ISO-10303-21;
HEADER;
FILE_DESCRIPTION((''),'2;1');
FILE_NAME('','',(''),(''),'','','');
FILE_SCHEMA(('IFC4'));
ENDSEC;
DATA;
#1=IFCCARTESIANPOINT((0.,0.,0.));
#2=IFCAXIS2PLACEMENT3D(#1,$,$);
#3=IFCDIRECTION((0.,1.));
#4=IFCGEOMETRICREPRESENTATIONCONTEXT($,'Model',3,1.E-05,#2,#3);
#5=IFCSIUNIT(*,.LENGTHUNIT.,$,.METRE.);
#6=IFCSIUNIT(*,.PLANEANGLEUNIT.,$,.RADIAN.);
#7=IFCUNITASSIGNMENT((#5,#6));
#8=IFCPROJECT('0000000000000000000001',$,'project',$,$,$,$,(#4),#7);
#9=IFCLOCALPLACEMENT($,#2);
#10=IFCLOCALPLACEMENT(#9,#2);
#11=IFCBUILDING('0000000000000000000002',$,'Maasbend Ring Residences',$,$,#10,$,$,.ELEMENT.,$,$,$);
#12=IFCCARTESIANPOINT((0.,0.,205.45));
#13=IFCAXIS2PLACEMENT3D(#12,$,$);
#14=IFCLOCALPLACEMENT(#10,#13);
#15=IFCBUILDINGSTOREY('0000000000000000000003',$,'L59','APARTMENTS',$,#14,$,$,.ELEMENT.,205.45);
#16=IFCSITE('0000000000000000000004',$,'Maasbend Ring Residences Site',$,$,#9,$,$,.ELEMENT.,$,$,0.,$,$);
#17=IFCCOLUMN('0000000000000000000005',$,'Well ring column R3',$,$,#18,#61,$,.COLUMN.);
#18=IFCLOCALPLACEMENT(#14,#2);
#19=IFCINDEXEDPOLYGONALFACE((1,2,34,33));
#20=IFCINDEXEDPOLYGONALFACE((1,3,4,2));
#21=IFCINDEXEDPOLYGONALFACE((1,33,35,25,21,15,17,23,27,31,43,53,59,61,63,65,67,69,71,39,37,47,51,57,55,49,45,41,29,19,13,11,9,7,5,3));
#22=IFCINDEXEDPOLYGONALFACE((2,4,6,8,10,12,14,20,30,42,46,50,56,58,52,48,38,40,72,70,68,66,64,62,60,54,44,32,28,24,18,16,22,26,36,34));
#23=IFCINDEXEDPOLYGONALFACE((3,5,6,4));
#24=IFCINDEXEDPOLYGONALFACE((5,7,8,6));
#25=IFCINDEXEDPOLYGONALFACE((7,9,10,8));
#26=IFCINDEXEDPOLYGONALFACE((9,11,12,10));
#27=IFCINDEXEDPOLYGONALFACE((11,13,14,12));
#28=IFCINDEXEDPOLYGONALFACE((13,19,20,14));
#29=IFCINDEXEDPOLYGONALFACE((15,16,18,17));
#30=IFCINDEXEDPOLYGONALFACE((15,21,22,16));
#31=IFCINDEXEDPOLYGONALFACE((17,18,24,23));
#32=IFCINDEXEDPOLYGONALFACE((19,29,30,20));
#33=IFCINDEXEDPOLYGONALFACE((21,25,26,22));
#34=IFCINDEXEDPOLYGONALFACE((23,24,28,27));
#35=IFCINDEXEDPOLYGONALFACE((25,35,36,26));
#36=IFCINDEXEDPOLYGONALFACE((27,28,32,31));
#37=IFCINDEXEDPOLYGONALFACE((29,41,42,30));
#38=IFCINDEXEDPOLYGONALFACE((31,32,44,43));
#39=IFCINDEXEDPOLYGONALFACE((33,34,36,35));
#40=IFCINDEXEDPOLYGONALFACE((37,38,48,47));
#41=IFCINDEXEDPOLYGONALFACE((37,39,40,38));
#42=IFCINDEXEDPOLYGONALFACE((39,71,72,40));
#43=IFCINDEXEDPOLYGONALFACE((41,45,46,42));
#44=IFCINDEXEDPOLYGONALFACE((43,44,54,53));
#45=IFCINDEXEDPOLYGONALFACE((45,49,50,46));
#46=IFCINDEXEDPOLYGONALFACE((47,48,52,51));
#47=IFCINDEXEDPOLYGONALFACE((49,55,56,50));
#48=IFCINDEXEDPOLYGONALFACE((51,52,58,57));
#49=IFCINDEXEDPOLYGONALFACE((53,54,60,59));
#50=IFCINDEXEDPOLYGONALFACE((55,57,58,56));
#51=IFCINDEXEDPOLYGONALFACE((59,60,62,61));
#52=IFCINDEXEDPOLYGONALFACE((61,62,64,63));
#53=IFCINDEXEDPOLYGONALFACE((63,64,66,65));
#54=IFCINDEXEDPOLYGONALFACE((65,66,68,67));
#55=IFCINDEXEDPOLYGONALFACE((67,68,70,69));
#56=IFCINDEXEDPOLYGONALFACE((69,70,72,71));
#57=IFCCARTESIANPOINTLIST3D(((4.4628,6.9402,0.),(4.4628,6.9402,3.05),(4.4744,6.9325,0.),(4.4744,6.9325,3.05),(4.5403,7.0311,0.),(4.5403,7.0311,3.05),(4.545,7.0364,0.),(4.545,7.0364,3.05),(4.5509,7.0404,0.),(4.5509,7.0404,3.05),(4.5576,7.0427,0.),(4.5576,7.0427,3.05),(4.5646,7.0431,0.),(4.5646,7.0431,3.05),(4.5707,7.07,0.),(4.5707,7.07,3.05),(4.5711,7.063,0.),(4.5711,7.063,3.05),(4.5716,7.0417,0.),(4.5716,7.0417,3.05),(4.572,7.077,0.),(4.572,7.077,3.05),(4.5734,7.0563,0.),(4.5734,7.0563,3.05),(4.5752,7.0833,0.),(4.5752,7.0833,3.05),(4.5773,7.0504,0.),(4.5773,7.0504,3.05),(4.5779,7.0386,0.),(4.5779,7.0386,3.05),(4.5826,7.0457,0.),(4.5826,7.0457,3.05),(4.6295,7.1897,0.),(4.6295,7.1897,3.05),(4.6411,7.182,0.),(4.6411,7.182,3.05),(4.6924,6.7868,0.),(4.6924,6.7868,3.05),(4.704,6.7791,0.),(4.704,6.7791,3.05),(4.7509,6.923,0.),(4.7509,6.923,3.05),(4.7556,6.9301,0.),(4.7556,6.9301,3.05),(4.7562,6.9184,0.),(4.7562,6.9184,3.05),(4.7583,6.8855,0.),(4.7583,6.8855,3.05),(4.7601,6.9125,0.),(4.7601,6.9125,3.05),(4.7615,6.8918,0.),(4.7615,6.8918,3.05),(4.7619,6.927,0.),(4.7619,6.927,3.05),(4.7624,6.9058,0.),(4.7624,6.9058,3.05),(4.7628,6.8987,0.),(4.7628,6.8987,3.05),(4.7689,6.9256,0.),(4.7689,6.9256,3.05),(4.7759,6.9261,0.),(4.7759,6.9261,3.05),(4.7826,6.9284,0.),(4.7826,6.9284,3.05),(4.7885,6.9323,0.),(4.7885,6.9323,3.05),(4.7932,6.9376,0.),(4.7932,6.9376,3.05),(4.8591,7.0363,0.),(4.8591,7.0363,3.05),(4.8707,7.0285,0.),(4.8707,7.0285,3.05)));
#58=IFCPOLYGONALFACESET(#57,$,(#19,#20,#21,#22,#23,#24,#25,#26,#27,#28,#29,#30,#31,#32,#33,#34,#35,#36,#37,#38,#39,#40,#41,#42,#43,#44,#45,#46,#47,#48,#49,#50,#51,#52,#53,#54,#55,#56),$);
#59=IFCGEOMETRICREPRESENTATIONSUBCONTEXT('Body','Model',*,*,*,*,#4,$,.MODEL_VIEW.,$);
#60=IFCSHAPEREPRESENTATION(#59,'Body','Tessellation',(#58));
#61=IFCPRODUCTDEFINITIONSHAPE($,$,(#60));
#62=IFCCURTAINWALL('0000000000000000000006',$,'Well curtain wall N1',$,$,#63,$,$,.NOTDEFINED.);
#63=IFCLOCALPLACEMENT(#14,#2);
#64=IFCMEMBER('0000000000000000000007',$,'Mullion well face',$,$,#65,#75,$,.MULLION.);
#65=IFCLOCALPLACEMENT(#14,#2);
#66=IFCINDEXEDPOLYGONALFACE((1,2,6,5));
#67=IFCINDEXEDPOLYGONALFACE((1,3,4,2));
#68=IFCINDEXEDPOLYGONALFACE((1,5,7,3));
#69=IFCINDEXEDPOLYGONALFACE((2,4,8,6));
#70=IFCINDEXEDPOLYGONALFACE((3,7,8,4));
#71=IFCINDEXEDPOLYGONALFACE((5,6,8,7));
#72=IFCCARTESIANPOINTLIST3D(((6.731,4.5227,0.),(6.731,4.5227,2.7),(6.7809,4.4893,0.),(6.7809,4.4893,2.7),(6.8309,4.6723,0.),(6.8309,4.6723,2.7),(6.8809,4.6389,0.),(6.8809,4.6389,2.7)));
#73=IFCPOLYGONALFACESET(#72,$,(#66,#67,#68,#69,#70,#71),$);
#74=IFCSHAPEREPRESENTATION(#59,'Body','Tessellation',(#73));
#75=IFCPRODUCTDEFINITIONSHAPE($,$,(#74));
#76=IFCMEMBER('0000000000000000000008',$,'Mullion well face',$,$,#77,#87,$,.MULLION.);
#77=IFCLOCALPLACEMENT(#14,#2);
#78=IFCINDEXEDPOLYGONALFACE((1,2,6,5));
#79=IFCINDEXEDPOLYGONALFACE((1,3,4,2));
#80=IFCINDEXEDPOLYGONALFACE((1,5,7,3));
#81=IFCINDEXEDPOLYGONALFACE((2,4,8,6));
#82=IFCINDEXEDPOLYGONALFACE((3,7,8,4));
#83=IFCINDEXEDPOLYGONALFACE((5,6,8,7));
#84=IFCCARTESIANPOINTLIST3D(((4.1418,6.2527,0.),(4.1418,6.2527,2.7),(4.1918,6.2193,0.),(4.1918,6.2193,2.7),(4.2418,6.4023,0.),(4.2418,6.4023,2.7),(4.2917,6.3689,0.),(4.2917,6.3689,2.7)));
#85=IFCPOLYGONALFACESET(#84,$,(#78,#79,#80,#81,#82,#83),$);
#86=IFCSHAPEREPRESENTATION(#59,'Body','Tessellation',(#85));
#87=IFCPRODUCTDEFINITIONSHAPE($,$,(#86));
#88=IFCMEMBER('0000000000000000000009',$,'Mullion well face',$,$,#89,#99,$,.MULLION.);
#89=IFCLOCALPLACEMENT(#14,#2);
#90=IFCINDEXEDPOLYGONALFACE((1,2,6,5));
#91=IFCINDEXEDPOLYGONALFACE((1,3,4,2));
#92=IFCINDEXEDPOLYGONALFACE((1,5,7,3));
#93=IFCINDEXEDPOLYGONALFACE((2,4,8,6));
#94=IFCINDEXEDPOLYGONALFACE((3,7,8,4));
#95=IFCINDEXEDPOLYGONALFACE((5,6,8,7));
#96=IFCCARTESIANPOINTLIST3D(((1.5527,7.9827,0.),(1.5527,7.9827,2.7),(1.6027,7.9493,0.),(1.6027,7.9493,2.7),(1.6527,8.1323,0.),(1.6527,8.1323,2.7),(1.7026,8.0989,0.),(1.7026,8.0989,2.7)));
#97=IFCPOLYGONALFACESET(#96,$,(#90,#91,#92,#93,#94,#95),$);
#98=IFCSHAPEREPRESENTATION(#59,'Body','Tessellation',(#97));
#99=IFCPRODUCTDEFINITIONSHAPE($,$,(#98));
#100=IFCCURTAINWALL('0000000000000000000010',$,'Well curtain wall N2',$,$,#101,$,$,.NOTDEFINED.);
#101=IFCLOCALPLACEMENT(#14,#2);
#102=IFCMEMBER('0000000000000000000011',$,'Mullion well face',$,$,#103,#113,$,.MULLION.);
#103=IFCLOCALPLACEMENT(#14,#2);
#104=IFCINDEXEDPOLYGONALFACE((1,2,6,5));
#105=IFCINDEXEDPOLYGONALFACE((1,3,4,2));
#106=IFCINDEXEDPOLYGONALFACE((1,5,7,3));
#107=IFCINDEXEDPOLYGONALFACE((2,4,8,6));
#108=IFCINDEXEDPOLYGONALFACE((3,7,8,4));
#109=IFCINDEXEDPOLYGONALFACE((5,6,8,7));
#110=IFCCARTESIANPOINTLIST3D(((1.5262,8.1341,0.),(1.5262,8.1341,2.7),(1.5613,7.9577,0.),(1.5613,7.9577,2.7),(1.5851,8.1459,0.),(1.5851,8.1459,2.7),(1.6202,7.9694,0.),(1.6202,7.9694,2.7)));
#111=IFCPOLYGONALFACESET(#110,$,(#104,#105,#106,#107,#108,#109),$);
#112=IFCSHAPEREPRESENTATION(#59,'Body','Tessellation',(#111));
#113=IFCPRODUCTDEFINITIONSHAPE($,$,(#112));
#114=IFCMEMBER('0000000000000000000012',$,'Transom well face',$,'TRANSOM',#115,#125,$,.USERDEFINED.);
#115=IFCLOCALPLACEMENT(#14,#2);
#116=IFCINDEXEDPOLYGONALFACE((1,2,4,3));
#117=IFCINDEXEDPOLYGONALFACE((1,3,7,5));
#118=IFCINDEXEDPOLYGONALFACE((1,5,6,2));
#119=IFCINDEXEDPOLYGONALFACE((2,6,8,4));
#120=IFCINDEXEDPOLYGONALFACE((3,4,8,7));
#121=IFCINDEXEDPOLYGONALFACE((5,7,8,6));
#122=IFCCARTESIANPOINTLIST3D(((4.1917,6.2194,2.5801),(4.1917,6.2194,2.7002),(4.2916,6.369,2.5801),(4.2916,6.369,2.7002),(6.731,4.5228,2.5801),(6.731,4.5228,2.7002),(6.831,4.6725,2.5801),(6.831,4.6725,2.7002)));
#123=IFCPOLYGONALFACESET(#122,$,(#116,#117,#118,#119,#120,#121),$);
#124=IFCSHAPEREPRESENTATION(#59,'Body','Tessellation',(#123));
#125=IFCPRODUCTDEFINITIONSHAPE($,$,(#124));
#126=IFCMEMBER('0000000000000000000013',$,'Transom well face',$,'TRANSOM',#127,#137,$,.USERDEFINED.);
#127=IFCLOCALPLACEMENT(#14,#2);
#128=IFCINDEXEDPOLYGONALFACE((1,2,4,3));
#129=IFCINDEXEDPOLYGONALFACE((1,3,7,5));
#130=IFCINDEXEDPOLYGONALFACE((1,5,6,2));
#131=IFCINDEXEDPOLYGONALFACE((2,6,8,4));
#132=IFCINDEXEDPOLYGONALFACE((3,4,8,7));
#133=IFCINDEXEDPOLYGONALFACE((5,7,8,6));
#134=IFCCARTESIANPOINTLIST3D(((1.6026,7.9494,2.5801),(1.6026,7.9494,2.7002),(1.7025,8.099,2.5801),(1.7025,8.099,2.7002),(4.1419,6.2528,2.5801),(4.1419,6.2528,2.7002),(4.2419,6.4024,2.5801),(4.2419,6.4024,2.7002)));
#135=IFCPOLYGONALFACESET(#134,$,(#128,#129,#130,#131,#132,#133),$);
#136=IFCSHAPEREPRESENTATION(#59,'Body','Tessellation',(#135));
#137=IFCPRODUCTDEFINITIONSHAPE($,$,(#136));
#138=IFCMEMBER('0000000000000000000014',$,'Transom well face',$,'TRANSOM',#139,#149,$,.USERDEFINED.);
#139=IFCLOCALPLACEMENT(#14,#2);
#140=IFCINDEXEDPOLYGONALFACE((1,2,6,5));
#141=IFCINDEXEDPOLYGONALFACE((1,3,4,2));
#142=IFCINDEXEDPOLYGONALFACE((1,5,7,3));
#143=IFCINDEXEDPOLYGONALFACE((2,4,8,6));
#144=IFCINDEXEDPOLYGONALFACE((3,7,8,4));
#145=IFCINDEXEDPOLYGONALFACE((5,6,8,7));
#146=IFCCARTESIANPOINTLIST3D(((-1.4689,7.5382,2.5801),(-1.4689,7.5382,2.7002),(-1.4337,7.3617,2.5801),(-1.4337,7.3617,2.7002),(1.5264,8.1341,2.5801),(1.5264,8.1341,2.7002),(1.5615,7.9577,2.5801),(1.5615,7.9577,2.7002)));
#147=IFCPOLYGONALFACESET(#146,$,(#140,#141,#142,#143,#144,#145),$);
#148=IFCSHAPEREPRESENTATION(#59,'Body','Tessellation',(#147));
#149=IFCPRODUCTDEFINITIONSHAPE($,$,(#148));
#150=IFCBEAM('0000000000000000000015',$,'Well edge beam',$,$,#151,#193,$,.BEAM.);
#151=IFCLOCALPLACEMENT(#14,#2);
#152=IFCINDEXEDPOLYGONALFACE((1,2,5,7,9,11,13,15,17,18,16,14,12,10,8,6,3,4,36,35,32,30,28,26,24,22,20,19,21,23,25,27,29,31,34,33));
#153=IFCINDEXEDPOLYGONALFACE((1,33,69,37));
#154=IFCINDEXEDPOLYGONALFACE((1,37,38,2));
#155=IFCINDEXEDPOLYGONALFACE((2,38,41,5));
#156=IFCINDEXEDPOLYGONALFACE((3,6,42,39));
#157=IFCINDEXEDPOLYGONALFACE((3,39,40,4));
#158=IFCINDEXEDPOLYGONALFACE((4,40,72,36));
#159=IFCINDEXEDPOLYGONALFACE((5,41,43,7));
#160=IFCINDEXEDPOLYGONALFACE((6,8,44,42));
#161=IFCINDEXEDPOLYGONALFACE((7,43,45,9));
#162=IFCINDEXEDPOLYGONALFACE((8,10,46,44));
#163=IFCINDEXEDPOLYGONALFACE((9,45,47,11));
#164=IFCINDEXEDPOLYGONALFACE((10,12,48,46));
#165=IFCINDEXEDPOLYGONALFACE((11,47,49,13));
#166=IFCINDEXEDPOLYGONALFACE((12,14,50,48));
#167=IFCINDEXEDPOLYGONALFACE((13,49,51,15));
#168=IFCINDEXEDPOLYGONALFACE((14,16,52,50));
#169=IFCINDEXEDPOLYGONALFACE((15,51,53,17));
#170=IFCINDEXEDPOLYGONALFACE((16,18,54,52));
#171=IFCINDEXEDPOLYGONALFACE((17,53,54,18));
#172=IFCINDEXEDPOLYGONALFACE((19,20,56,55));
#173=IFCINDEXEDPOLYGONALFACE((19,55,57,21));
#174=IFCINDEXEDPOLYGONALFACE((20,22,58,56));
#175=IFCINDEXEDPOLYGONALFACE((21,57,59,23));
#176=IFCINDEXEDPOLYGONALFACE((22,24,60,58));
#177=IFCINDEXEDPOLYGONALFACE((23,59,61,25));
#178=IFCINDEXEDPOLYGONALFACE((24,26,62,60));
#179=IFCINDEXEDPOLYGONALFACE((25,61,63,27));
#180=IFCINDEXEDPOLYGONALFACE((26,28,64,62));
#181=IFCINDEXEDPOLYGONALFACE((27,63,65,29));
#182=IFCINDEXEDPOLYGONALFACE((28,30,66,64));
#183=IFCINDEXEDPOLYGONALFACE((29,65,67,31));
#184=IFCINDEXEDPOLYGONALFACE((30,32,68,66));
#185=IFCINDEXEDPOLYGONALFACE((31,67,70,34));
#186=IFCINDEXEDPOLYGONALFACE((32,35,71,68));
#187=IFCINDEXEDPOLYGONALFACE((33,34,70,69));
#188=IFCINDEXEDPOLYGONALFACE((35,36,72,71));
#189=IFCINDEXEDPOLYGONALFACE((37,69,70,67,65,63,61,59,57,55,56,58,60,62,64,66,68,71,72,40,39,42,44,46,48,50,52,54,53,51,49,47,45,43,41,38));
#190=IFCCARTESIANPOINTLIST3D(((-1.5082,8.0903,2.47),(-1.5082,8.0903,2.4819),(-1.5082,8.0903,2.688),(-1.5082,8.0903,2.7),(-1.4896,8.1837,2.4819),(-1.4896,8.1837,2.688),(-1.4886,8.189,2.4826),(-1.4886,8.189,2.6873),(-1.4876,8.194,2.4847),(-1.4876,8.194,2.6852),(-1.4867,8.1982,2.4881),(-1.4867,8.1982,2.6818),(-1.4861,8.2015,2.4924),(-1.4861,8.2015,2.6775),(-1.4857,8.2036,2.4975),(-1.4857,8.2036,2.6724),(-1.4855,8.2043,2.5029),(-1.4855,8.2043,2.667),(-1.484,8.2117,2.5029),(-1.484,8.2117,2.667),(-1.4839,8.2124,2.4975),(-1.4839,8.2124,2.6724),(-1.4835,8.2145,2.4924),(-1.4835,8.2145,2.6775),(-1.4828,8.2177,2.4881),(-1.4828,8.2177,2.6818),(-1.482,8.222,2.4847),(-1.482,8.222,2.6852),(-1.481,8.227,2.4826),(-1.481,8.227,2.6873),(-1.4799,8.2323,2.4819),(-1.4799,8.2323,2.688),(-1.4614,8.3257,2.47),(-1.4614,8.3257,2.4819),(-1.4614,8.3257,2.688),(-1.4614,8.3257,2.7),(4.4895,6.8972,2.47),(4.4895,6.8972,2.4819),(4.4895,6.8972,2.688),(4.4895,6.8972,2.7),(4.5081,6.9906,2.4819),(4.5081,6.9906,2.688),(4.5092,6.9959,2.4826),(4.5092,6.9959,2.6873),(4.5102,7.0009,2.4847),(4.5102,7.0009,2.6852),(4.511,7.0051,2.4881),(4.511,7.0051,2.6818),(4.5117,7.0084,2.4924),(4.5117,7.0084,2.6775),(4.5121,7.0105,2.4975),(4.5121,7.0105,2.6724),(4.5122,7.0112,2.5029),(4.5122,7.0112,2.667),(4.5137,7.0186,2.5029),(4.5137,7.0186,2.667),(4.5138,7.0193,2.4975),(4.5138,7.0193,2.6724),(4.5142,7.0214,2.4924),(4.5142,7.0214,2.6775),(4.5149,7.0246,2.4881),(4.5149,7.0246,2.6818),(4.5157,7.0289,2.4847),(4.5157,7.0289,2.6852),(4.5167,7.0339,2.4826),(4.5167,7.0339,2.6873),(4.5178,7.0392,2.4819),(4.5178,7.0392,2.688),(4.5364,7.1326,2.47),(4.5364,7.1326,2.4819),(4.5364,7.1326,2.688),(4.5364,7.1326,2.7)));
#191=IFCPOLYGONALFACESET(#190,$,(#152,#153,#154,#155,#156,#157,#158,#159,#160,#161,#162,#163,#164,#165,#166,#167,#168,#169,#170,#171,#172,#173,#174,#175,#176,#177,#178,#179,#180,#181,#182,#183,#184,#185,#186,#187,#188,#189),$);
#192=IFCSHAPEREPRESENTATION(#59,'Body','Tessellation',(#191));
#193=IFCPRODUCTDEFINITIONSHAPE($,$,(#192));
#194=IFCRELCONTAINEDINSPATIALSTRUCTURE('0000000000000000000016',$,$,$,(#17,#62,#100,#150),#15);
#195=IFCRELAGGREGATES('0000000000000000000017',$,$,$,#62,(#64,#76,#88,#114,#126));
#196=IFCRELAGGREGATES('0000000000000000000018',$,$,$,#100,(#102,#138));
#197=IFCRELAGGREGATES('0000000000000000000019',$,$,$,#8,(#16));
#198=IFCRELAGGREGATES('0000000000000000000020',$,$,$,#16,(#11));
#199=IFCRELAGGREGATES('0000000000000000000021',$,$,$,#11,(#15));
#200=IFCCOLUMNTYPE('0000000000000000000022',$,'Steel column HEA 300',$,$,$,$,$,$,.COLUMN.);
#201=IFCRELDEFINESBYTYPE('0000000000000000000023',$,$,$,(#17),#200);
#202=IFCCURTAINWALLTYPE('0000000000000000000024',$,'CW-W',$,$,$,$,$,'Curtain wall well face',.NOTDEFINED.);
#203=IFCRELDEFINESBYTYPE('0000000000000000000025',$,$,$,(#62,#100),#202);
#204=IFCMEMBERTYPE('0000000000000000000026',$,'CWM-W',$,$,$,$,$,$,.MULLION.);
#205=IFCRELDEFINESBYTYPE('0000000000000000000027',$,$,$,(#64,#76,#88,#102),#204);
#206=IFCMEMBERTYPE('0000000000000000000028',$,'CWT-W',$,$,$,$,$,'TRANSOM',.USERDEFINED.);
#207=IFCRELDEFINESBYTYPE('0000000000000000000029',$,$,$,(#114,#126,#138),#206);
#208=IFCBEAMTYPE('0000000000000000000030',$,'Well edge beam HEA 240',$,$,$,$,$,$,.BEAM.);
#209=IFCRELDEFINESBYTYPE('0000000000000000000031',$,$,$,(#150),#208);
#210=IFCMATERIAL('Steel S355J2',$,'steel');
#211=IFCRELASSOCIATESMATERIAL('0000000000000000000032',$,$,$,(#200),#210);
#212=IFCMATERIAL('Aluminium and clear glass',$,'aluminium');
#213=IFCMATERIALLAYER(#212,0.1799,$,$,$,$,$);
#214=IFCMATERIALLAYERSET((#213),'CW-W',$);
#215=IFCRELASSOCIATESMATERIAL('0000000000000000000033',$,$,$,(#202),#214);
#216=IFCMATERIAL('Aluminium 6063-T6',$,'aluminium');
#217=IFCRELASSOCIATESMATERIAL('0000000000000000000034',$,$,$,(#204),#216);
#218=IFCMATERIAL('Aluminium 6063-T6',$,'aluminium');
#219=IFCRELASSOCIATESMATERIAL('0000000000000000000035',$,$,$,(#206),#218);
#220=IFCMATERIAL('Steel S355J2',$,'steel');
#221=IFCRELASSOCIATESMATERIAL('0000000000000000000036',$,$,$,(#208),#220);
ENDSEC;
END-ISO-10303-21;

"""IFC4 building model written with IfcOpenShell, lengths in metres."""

from ifc_helpers import new_model, si_unit, direction, frame, origin, origin_2d, place, context, subcontext, project, spatial, rectangle, i_section, extrude, material, layer, layer_set, material_profile, profile_set, type_object, element, aggregate, save


model = new_model("IFC4")

# Units and contexts
model_context = context("Model", 3, precision=1e-05, world=origin(), true_north=direction((0.0, 1.0)))
body_context = subcontext(model_context, "Body", "Model", "MODEL_VIEW")
ifc_project = project(units=[si_unit("LENGTHUNIT", "METRE"), si_unit("PLANEANGLEUNIT", "RADIAN")], contexts=[model_context])

# Site, building, storey
site_placement = place(None, origin())
site = spatial("IfcSite", under=ifc_project, at=site_placement, Name="Maasbend Ring Residences Site", CompositionType="ELEMENT", RefElevation=0.0)
building_placement = place(site_placement, origin())
building = spatial("IfcBuilding", under=site, at=building_placement, Name="Maasbend Ring Residences", CompositionType="ELEMENT")
storey_placement = place(building_placement, frame((0.0, 0.0, 205.45)))
storey = spatial("IfcBuildingStorey", under=building, at=storey_placement, Name="L59", Description="APARTMENTS", CompositionType="ELEMENT", Elevation=205.45)

# Column
ifc_material_1 = material(Name="Steel S355J2", Category="steel")
ifc_material_profile_1 = material_profile(ifc_material_1, i_section(OverallWidth=0.3, OverallDepth=0.29, WebThickness=0.0085, FlangeThickness=0.0139, FilletRadius=0.0271, at=origin_2d()), Name="HEA 300")
ifc_profile_set_1 = profile_set([ifc_material_profile_1], Name="Steel S355J2")
column_type = type_object("IfcColumnType", Name="Steel column HEA 300", PredefinedType="COLUMN", material=ifc_profile_set_1)
column_placement = place(storey_placement, frame((4.6667, 6.9844, 0.0), z_axis=(0.0, 0.0, 1.0), x_axis=(0.55557, 0.83147, 0.0)))
element("IfcColumn", 1, at=column_placement, inside=storey, type_object=column_type, Name="Well ring column R3", PredefinedType="COLUMN", context=body_context, shape_type="SweptSolid", body=[
    extrude(i_section(OverallWidth=0.3, OverallDepth=0.29, WebThickness=0.0085, FlangeThickness=0.0139, FilletRadius=0.0271, at=origin_2d()), origin(), (0.0, 0.0, 1.0), 3.05),
])

# Curtain wall, members
ifc_material_2 = material(Name="Aluminium and clear glass", Category="aluminium")
ifc_layer_1 = layer(ifc_material_2, 0.1799)
ifc_layer_set_1 = layer_set([ifc_layer_1], Name="CW-W")
curtain_wall_type = type_object("IfcCurtainWallType", Name="CW-W", ElementType="Curtain wall well face", PredefinedType="NOTDEFINED", material=ifc_layer_set_1)
curtain_wall_1_placement = place(storey_placement, origin())
curtain_wall_1 = element("IfcCurtainWall", 2, at=curtain_wall_1_placement, inside=storey, type_object=curtain_wall_type, Name="Well curtain wall N1", PredefinedType="NOTDEFINED")
ifc_material_3 = material(Name="Aluminium 6063-T6", Category="aluminium")
ifc_material_profile_2 = material_profile(ifc_material_3, rectangle(XDim=0.1799, YDim=0.0601, at=origin_2d()), Name="AL 180x60")
ifc_profile_set_2 = profile_set([ifc_material_profile_2], Name="Aluminium 6063-T6")
member_type_1 = type_object("IfcMemberType", Name="CWM-W", PredefinedType="MULLION", material=ifc_profile_set_2)
member_1_placement = place(storey_placement, frame((6.8059, 4.5808, 0.0), z_axis=(0.0, 0.0, 1.0), x_axis=(-0.55557, -0.83147, 0.0)))
member_1 = element("IfcMember", 3, at=member_1_placement, type_object=member_type_1, Name="Mullion well face", PredefinedType="MULLION", context=body_context, shape_type="SweptSolid", body=[
    extrude(rectangle(XDim=0.1799, YDim=0.0601, at=origin_2d()), origin(), (0.0, 0.0, 1.0), 2.7),
])
member_2_placement = place(storey_placement, frame((4.2168, 6.3108, 0.0), z_axis=(0.0, 0.0, 1.0), x_axis=(-0.55557, -0.83147, 0.0)))
member_2 = element("IfcMember", 4, at=member_2_placement, type_object=member_type_1, Name="Mullion well face", PredefinedType="MULLION", context=body_context, shape_type="SweptSolid", body=[
    extrude(rectangle(XDim=0.1799, YDim=0.0601, at=origin_2d()), origin(), (0.0, 0.0, 1.0), 2.7),
])
member_3_placement = place(storey_placement, frame((1.6277, 8.0408, 0.0), z_axis=(0.0, 0.0, 1.0), x_axis=(-0.55557, -0.83147, 0.0)))
member_3 = element("IfcMember", 5, at=member_3_placement, type_object=member_type_1, Name="Mullion well face", PredefinedType="MULLION", context=body_context, shape_type="SweptSolid", body=[
    extrude(rectangle(XDim=0.1799, YDim=0.0601, at=origin_2d()), origin(), (0.0, 0.0, 1.0), 2.7),
])

# Curtain wall, member
curtain_wall_2_placement = place(storey_placement, origin())
curtain_wall_2 = element("IfcCurtainWall", 6, at=curtain_wall_2_placement, inside=storey, type_object=curtain_wall_type, Name="Well curtain wall N2", PredefinedType="NOTDEFINED")
member_4_placement = place(storey_placement, frame((1.5732, 8.0518, 0.0), z_axis=(0.0, 0.0, 1.0), x_axis=(0.19509, -0.980785, 0.0)))
member_4 = element("IfcMember", 7, at=member_4_placement, type_object=member_type_1, Name="Mullion well face", PredefinedType="MULLION", context=body_context, shape_type="SweptSolid", body=[
    extrude(rectangle(XDim=0.1799, YDim=0.0601, at=origin_2d()), origin(), (0.0, 0.0, 1.0), 2.7),
])

# Members
ifc_material_4 = material(Name="Aluminium 6063-T6", Category="aluminium")
ifc_material_profile_3 = material_profile(ifc_material_4, rectangle(XDim=0.1799, YDim=0.1201, at=origin_2d()), Name="AL 180x120")
ifc_profile_set_3 = profile_set([ifc_material_profile_3], Name="Aluminium 6063-T6")
member_type_2 = type_object("IfcMemberType", Name="CWT-W", ElementType="TRANSOM", PredefinedType="USERDEFINED", material=ifc_profile_set_3)
member_5_placement = place(storey_placement, frame((6.781, 4.5977, 2.6401), z_axis=(-0.831496, 0.55553, 0.0), x_axis=(-0.55553, -0.831496, 0.0)))
member_5 = element("IfcMember", 8, at=member_5_placement, type_object=member_type_2, Name="Transom well face", ObjectType="TRANSOM", PredefinedType="USERDEFINED", context=body_context, shape_type="SweptSolid", body=[
    extrude(rectangle(XDim=0.1799, YDim=0.1201, at=origin_2d()), origin(), (0.0, 0.0, 1.0), 3.054),
])
member_6_placement = place(storey_placement, frame((4.1919, 6.3276, 2.6401), z_axis=(-0.831496, 0.55553, 0.0), x_axis=(-0.55553, -0.831496, 0.0)))
member_6 = element("IfcMember", 9, at=member_6_placement, type_object=member_type_2, Name="Transom well face", ObjectType="TRANSOM", PredefinedType="USERDEFINED", context=body_context, shape_type="SweptSolid", body=[
    extrude(rectangle(XDim=0.1799, YDim=0.1201, at=origin_2d()), origin(), (0.0, 0.0, 1.0), 3.054),
])
member_7_placement = place(storey_placement, frame((1.5439, 8.0459, 2.6401), z_axis=(-0.980777, -0.195132, 0.0), x_axis=(0.195132, -0.980777, 0.0)))
member_7 = element("IfcMember", 10, at=member_7_placement, type_object=member_type_2, Name="Transom well face", ObjectType="TRANSOM", PredefinedType="USERDEFINED", context=body_context, shape_type="SweptSolid", body=[
    extrude(rectangle(XDim=0.1799, YDim=0.1201, at=origin_2d()), origin(), (0.0, 0.0, 1.0), 3.054),
])

# Beam
ifc_material_5 = material(Name="Steel S355J2", Category="steel")
ifc_material_profile_4 = material_profile(ifc_material_5, i_section(OverallWidth=0.24, OverallDepth=0.23, WebThickness=0.0076, FlangeThickness=0.012, FilletRadius=0.021, at=origin_2d()), Name="HEA 240")
ifc_profile_set_4 = profile_set([ifc_material_profile_4], Name="Steel S355J2")
beam_type = type_object("IfcBeamType", Name="Well edge beam HEA 240", PredefinedType="BEAM", material=ifc_profile_set_4)
beam_placement = place(storey_placement, frame((4.5129, 7.0149, 2.585), z_axis=(-0.980783, 0.195103, 0.0), x_axis=(-0.195103, -0.980783, 0.0)))
element("IfcBeam", 11, at=beam_placement, inside=storey, type_object=beam_type, Name="Well edge beam", PredefinedType="BEAM", context=body_context, shape_type="SweptSolid", body=[
    extrude(i_section(OverallWidth=0.24, OverallDepth=0.23, WebThickness=0.0076, FlangeThickness=0.012, FilletRadius=0.021, at=origin_2d()), origin(), (0.0, 0.0, 1.0), 6.1152),
])

aggregate(curtain_wall_1, [member_1, member_2, member_3, member_5, member_6])
aggregate(curtain_wall_2, [member_4, member_7])

save(model, "model.ifc")
